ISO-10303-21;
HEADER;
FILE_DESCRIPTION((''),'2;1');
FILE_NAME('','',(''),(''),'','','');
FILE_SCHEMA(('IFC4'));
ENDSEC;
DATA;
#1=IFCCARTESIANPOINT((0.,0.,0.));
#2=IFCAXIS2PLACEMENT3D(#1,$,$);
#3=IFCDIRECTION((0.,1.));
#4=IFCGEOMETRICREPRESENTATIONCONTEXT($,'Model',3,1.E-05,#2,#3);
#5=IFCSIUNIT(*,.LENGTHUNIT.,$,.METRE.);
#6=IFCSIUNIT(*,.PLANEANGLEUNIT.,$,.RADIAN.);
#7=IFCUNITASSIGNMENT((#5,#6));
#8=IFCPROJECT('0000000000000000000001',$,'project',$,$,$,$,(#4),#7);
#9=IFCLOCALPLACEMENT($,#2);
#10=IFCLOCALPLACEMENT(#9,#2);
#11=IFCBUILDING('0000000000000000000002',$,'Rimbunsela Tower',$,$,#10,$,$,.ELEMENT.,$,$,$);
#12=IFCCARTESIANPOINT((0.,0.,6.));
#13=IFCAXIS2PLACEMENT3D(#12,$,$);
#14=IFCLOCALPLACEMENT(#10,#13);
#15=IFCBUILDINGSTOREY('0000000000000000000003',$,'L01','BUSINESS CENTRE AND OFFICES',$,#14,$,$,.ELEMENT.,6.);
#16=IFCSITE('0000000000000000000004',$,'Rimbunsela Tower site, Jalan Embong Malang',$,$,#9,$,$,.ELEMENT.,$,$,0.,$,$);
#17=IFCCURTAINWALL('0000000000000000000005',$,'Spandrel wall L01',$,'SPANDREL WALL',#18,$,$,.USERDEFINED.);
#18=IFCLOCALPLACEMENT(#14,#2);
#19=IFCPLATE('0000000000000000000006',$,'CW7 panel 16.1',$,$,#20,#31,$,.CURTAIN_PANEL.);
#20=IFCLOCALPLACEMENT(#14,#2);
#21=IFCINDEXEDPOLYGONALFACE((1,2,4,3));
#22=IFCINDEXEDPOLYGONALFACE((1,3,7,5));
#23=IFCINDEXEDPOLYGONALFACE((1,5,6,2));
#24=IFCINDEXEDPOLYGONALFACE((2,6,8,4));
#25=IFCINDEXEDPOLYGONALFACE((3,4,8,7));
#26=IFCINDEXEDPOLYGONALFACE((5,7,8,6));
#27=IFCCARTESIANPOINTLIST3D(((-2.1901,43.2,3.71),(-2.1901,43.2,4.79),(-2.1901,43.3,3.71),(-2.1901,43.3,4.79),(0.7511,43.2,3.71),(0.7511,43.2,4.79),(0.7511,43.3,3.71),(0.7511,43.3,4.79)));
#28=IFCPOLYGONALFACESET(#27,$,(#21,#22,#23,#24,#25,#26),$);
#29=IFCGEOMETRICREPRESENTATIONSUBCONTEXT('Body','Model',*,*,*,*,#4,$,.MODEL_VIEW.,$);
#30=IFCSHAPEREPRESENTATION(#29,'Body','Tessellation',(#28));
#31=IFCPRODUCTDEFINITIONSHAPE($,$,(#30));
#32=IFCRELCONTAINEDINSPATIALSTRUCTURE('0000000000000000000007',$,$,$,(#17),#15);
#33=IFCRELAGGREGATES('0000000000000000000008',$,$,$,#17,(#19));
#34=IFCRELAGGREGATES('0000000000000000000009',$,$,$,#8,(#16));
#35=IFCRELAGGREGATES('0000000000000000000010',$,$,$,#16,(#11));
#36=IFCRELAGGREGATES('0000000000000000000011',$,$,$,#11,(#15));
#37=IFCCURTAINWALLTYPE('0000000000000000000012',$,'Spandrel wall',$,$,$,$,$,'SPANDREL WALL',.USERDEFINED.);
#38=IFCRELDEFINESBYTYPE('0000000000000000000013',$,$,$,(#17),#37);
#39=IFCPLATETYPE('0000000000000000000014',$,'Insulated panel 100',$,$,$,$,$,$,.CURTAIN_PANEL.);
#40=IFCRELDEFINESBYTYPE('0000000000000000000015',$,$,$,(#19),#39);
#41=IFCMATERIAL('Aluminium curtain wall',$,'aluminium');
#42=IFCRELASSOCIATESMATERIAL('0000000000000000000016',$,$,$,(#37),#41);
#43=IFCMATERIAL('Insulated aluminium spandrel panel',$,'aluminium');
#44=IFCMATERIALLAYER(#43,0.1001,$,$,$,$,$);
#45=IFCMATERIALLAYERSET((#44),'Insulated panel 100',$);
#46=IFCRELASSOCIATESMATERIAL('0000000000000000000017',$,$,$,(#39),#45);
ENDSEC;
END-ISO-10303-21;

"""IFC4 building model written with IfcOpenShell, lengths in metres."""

from ifc_helpers import new_model, si_unit, direction, frame, origin, origin_2d, place, context, subcontext, project, spatial, rectangle, extrude, material, layer, layer_set, type_object, element, aggregate, save


model = new_model("IFC4")

# Units and contexts
model_context = context("Model", 3, precision=1e-05, world=origin(), true_north=direction((0.0, 1.0)))
body_context = subcontext(model_context, "Body", "Model", "MODEL_VIEW")
ifc_project = project(units=[si_unit("LENGTHUNIT", "METRE"), si_unit("PLANEANGLEUNIT", "RADIAN")], contexts=[model_context])

# Site, building, storey
site_placement = place(None, origin())
site = spatial("IfcSite", under=ifc_project, at=site_placement, Name="Rimbunsela Tower site, Jalan Embong Malang", CompositionType="ELEMENT", RefElevation=0.0)
building_placement = place(site_placement, origin())
building = spatial("IfcBuilding", under=site, at=building_placement, Name="Rimbunsela Tower", CompositionType="ELEMENT")
storey_placement = place(building_placement, frame((0.0, 0.0, 6.0)))
storey = spatial("IfcBuildingStorey", under=building, at=storey_placement, Name="L01", Description="BUSINESS CENTRE AND OFFICES", CompositionType="ELEMENT", Elevation=6.0)

# Curtain wall
ifc_material_1 = material(Name="Aluminium curtain wall", Category="aluminium")
curtain_wall_type_1 = type_object("IfcCurtainWallType", Name="Spandrel wall", ElementType="SPANDREL WALL", PredefinedType="USERDEFINED", material=ifc_material_1)
curtain_wall_1_placement = place(storey_placement, origin())
curtain_wall_1 = element("IfcCurtainWall", 1, at=curtain_wall_1_placement, inside=storey, type_object=curtain_wall_type_1, Name="Spandrel wall L01", ObjectType="SPANDREL WALL", PredefinedType="USERDEFINED")

# Plate
ifc_material_2 = material(Name="Insulated aluminium spandrel panel", Category="aluminium")
ifc_layer_1 = layer(ifc_material_2, 0.1001)
ifc_layer_set_1 = layer_set([ifc_layer_1], Name="Insulated panel 100")
plate_type_1 = type_object("IfcPlateType", Name="Insulated panel 100", PredefinedType="CURTAIN_PANEL", material=ifc_layer_set_1)
plate_1_placement = place(storey_placement, frame((-0.7195, 43.25, 3.71), z_axis=(0.0, 0.0, 1.0), x_axis=(-1.0, 0.0, 0.0)))
plate_1 = element("IfcPlate", 2, at=plate_1_placement, type_object=plate_type_1, Name="CW7 panel 16.1", PredefinedType="CURTAIN_PANEL", context=body_context, shape_type="SweptSolid", body=[
    extrude(rectangle(XDim=2.9412, YDim=0.1001, at=origin_2d()), origin(), (0.0, 0.0, 1.0), 1.0801),
])
aggregate(curtain_wall_1, [plate_1])

save(model, "model.ifc")
